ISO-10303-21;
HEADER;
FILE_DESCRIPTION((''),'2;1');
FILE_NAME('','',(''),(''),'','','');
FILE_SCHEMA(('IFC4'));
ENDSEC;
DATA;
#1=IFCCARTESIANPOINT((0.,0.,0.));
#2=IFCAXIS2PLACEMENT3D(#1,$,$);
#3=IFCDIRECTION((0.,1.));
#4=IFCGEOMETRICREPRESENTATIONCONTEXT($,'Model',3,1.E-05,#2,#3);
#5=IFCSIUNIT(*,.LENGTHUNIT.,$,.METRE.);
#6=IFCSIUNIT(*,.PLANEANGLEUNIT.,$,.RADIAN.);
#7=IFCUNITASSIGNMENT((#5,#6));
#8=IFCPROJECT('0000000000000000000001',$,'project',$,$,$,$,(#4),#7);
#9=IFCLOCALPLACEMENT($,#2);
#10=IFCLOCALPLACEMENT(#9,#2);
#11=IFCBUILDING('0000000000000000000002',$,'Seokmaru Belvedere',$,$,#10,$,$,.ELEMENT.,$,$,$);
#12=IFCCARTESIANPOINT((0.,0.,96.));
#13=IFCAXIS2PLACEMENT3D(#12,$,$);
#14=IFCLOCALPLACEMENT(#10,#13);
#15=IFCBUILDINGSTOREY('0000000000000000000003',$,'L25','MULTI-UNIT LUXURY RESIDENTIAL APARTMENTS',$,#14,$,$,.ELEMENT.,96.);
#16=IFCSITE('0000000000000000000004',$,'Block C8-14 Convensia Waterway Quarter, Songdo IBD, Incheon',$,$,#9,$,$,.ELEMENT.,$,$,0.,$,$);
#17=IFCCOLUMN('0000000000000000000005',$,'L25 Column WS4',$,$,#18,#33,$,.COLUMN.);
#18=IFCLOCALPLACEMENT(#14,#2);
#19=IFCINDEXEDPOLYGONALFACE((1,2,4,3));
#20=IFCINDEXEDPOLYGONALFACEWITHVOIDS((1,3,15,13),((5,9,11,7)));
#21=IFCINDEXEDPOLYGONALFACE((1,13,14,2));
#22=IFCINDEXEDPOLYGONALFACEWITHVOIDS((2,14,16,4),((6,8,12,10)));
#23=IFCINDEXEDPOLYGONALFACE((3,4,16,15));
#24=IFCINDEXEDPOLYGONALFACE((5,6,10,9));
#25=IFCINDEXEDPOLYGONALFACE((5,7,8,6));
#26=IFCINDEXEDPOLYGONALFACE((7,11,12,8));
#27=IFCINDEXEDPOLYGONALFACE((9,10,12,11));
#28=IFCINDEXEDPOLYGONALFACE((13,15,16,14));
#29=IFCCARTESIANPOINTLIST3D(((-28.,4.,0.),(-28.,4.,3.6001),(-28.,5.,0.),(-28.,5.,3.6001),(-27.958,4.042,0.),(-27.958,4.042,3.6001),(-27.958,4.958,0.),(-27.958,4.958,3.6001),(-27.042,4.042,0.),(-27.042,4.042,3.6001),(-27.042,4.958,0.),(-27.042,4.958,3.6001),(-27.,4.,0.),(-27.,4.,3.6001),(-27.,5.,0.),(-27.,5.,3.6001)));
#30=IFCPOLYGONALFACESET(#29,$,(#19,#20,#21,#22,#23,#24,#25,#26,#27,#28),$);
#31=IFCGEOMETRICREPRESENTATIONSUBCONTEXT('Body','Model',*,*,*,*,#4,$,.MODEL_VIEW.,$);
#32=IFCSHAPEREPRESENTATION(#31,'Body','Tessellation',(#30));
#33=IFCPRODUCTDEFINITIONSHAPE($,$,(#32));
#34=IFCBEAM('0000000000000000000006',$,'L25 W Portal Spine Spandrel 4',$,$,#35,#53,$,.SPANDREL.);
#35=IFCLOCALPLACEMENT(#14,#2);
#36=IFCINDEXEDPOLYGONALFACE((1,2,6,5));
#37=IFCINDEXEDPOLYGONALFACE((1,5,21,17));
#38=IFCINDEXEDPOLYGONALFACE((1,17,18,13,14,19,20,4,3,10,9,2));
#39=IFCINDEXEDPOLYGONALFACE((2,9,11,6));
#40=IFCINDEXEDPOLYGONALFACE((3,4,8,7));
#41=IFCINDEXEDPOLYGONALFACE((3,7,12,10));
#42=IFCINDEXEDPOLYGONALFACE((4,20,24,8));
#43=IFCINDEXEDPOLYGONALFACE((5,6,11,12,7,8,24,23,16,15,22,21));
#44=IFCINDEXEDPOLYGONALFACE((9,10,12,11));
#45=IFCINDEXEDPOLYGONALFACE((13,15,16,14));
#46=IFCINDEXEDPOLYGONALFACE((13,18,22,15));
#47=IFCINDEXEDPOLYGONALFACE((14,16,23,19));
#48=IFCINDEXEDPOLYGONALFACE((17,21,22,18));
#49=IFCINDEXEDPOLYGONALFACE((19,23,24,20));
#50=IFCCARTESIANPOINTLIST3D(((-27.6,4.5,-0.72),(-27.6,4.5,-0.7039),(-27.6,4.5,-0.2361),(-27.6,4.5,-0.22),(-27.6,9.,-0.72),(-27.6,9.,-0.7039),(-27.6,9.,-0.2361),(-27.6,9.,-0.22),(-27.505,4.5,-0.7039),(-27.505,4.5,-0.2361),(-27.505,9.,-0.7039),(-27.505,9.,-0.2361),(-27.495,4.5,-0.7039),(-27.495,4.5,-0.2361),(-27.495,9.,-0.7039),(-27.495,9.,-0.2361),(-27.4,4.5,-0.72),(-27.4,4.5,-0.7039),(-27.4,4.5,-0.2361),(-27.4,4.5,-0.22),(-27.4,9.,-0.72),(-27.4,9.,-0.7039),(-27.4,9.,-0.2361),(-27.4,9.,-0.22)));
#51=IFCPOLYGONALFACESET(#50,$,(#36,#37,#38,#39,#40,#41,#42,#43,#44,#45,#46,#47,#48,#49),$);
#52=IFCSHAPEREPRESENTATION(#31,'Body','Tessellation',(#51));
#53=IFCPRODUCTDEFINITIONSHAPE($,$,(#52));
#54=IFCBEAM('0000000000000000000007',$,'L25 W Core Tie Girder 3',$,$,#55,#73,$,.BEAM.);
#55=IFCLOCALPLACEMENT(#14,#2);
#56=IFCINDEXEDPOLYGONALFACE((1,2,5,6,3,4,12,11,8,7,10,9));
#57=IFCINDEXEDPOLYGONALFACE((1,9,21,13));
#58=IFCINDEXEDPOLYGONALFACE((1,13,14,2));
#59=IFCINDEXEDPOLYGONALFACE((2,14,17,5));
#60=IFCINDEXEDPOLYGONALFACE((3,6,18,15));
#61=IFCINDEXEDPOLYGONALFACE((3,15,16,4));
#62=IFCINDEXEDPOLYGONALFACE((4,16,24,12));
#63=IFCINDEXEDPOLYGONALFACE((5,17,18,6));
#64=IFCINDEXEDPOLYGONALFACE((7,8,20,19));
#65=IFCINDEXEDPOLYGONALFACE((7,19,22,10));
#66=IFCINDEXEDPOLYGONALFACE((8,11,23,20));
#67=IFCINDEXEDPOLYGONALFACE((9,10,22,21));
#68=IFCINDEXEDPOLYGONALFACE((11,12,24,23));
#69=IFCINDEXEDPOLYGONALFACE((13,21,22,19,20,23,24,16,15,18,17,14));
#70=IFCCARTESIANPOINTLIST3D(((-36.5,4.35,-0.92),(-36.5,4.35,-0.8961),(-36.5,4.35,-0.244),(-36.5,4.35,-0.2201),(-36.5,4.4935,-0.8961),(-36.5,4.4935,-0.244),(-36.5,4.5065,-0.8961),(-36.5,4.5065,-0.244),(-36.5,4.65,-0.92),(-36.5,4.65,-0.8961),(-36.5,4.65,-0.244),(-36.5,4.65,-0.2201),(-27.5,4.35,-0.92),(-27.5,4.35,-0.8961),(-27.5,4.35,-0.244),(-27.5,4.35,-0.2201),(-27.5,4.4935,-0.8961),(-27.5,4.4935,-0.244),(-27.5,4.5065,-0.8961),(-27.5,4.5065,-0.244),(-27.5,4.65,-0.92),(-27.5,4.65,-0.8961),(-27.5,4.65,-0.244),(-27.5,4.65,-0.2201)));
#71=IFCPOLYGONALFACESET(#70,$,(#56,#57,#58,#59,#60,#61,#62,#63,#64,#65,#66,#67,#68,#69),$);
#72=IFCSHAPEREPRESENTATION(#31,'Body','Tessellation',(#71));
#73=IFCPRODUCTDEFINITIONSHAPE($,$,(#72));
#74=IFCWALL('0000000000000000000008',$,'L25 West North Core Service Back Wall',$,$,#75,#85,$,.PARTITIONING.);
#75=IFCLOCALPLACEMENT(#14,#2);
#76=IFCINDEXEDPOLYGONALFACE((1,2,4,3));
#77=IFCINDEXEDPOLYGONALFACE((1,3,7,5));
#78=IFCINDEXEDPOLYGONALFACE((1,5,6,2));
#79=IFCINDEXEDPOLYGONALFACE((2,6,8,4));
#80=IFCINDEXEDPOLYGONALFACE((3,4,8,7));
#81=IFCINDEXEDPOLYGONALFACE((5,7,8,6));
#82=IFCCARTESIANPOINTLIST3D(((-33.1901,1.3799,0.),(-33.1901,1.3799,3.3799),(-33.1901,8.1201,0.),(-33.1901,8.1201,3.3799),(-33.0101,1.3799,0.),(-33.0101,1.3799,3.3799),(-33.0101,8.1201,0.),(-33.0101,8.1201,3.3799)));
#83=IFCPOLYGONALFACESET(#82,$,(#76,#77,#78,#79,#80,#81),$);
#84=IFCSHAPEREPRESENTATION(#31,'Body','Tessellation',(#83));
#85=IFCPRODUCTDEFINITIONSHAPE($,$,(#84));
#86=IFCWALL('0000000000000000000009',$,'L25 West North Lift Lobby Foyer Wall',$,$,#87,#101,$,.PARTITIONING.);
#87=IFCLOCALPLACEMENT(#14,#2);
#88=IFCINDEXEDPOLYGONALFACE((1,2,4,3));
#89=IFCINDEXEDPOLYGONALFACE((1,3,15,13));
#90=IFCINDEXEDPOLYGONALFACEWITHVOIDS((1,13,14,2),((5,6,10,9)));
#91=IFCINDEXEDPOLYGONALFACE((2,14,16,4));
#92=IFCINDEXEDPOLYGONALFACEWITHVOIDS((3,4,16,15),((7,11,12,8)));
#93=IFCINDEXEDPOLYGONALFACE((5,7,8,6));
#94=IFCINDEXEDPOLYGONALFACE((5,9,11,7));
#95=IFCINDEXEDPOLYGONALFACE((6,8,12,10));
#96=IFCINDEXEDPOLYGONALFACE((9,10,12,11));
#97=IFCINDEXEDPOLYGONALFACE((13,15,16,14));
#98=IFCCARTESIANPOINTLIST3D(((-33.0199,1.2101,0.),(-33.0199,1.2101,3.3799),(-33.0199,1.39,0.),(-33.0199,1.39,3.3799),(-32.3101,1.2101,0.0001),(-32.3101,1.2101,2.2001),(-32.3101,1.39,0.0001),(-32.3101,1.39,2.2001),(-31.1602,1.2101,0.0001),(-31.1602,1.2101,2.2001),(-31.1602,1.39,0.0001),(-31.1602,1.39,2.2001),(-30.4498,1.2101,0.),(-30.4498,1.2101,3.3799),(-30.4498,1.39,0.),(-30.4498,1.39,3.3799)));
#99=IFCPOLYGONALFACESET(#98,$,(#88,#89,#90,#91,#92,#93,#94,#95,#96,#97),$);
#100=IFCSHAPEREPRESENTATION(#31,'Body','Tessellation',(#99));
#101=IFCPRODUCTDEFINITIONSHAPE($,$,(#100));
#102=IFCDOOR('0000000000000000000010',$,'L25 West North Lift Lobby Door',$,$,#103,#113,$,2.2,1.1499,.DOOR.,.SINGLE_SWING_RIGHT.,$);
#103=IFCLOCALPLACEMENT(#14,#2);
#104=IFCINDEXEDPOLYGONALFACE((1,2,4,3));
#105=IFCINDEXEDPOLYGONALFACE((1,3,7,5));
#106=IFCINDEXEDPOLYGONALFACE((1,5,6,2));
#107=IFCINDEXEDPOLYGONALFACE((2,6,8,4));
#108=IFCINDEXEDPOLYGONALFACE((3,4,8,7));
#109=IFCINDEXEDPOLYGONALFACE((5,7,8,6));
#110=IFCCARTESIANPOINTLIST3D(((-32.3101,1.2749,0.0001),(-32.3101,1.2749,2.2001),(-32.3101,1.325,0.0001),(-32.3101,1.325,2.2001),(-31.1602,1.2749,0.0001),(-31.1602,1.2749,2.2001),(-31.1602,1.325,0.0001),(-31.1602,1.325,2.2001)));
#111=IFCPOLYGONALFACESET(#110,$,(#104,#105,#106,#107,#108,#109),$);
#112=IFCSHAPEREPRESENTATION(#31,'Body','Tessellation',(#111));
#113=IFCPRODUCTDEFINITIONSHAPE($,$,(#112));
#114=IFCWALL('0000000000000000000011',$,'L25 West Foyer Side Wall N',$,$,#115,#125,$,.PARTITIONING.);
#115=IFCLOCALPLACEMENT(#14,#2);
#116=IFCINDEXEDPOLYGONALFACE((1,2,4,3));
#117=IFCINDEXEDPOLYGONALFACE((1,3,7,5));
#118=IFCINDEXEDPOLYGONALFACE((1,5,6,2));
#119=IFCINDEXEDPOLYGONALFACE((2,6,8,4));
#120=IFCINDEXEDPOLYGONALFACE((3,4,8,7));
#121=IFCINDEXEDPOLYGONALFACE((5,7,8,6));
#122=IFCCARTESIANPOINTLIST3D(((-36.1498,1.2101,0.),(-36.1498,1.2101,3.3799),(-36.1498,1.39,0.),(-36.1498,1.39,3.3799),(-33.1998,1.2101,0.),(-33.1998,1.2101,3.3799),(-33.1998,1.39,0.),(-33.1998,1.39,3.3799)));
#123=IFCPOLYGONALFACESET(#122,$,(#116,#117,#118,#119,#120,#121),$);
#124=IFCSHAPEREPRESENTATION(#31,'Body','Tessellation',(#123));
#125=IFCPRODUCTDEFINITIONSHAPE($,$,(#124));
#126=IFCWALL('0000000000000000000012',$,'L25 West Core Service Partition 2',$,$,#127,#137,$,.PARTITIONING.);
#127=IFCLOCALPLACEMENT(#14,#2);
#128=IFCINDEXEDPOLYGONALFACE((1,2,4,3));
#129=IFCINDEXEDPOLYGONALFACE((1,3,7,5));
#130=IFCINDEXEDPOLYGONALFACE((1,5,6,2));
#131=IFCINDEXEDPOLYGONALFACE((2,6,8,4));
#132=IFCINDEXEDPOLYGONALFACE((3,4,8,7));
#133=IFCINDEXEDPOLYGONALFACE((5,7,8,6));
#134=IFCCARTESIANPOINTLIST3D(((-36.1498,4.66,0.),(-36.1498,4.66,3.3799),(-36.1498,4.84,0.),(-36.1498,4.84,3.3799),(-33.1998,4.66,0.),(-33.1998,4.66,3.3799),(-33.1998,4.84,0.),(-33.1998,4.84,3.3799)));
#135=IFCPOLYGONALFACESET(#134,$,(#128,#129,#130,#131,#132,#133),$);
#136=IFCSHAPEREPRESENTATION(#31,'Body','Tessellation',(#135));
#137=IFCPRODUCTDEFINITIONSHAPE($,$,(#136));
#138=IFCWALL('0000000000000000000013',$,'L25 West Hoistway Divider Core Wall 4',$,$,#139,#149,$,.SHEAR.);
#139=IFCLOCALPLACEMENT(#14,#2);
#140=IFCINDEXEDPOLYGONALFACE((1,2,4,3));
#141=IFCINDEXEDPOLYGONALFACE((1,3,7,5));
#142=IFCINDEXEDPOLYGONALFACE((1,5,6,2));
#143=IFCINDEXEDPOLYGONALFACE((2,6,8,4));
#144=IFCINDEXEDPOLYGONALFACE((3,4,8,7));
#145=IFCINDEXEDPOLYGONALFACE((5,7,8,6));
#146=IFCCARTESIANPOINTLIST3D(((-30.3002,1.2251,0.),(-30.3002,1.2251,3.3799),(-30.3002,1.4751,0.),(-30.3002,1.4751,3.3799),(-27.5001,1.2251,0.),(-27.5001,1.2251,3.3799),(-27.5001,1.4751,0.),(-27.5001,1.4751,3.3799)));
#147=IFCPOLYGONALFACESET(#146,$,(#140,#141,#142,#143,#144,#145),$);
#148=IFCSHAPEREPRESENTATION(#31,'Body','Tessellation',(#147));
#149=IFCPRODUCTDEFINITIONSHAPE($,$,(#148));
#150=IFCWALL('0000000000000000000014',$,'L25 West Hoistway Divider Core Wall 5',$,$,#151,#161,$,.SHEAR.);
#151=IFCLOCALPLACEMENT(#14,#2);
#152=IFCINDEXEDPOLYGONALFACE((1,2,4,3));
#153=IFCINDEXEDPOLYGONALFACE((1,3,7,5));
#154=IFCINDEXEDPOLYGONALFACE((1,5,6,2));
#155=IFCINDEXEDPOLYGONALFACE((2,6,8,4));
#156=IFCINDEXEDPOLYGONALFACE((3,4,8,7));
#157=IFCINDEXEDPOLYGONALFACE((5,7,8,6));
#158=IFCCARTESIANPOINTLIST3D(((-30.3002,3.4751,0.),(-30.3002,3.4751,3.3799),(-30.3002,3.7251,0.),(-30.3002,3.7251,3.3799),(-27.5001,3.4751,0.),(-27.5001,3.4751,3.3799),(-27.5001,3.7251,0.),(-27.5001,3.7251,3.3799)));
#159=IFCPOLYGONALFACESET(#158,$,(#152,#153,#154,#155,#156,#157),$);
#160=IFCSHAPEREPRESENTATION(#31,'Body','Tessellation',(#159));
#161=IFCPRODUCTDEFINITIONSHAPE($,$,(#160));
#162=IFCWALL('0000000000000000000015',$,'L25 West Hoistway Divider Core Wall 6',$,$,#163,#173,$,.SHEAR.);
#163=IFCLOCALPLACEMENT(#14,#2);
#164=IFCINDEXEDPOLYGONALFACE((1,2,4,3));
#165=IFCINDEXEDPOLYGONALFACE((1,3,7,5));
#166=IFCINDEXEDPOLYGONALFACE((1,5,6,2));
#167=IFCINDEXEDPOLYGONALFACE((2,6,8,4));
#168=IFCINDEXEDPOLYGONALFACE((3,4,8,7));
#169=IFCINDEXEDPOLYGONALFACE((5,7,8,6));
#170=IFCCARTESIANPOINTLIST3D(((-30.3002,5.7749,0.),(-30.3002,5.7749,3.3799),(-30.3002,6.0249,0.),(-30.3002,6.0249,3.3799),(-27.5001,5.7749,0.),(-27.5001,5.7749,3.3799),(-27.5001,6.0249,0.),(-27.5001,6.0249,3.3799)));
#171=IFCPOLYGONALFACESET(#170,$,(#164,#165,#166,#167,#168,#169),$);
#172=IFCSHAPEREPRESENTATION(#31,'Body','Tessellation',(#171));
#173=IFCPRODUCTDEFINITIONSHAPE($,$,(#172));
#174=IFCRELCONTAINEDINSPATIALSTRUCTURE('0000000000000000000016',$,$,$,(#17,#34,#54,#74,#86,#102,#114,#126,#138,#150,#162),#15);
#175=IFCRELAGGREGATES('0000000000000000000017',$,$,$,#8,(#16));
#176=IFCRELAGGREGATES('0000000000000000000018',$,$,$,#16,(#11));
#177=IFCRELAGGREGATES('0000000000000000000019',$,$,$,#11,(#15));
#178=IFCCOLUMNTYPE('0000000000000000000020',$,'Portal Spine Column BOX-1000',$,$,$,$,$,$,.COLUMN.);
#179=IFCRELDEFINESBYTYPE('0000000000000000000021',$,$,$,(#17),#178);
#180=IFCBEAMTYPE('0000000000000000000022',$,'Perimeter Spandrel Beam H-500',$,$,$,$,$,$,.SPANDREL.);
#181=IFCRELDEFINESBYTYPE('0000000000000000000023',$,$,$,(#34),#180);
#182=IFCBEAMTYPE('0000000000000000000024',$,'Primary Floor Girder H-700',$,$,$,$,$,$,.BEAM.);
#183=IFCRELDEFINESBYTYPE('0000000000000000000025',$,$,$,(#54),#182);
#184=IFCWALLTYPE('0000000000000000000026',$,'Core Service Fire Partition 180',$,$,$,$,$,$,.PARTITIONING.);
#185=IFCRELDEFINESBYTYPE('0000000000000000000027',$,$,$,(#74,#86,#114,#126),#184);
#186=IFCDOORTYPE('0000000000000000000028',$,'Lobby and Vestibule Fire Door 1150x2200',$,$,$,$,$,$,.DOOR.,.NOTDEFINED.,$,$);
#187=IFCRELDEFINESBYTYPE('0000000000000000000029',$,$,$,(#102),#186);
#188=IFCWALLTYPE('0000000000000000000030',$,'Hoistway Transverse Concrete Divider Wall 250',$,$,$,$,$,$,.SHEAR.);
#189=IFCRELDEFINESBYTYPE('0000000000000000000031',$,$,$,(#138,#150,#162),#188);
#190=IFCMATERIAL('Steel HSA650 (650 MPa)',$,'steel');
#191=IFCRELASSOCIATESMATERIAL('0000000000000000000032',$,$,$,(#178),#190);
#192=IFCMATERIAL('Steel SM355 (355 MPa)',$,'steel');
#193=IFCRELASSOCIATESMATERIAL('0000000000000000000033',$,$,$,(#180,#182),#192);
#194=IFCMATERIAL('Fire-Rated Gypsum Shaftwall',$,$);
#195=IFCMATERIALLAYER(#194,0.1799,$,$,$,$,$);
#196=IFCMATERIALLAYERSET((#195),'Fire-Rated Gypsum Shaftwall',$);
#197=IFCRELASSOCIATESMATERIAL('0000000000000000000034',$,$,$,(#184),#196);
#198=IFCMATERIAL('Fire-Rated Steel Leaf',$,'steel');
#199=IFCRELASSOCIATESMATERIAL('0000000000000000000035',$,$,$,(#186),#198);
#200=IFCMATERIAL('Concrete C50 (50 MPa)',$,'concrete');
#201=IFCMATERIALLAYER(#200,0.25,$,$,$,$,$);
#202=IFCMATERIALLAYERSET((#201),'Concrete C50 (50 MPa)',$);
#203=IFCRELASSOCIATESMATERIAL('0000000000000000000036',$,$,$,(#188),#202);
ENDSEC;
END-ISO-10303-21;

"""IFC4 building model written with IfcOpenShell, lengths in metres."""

from ifc_helpers import new_model, si_unit, direction, frame, frame_2d, origin, origin_2d, place, context, subcontext, project, spatial, rectangle, hollow_rectangle, i_section, extrude, source, transform, mapped, material, layer, layer_set, material_profile, profile_set, type_object, type_shapes, element, fill, save


model = new_model("IFC4")

# Units and contexts
model_context = context("Model", 3, precision=1e-05, world=origin(), true_north=direction((0.0, 1.0)))
body_context = subcontext(model_context, "Body", "Model", "MODEL_VIEW")
ifc_project = project(units=[si_unit("LENGTHUNIT", "METRE"), si_unit("PLANEANGLEUNIT", "RADIAN")], contexts=[model_context])

# Site, building, storey
site_placement = place(None, origin())
site = spatial("IfcSite", under=ifc_project, at=site_placement, Name="Block C8-14 Convensia Waterway Quarter, Songdo IBD, Incheon", CompositionType="ELEMENT", RefElevation=0.0)
building_placement = place(site_placement, origin())
building = spatial("IfcBuilding", under=site, at=building_placement, Name="Seokmaru Belvedere", CompositionType="ELEMENT")
storey_placement = place(building_placement, frame((0.0, 0.0, 96.0)))
storey = spatial("IfcBuildingStorey", under=building, at=storey_placement, Name="L25", Description="MULTI-UNIT LUXURY RESIDENTIAL APARTMENTS", CompositionType="ELEMENT", Elevation=96.0)

# Column
ifc_material_1 = material(Name="Steel HSA650 (650 MPa)", Category="steel")
ifc_material_profile_1 = material_profile(ifc_material_1, hollow_rectangle(XDim=1.0, YDim=1.0, WallThickness=0.042, at=origin_2d()), Name="BOX-1000x1000x42")
ifc_profile_set_1 = profile_set([ifc_material_profile_1], Name="Steel HSA650 (650 MPa)")
column_type = type_object("IfcColumnType", Name="Portal Spine Column BOX-1000", PredefinedType="COLUMN", material=ifc_profile_set_1)
shared_shape_1 = source(origin(), body_context, "Body", "SweptSolid", [
    extrude(hollow_rectangle(XDim=1.0, YDim=1.0, WallThickness=0.042, at=origin_2d()), origin(), (0.0, 0.0, 1.0), 3.6001),
])
type_shapes(column_type, [shared_shape_1])
column_placement = place(storey_placement, frame((-27.5, 4.5, 0.0), z_axis=(0.0, 0.0, 1.0), x_axis=(1.0, 0.0, 0.0)))
element("IfcColumn", 1, at=column_placement, inside=storey, type_object=column_type, Name="L25 Column WS4", PredefinedType="COLUMN", context=body_context, shape_type="MappedRepresentation", body=[
    mapped(shared_shape_1, transform((0.0, 0.0, 0.0), scale=1.0)),
])

# Beams
ifc_material_2 = material(Name="Steel SM355 (355 MPa)", Category="steel")
ifc_material_profile_2 = material_profile(ifc_material_2, i_section(OverallWidth=0.2, OverallDepth=0.5, WebThickness=0.01, FlangeThickness=0.0161, at=origin_2d()), Name="H-500x200x10x16")
ifc_profile_set_2 = profile_set([ifc_material_profile_2], Name="Steel SM355 (355 MPa)")
beam_type_1 = type_object("IfcBeamType", Name="Perimeter Spandrel Beam H-500", PredefinedType="SPANDREL", material=ifc_profile_set_2)
shared_shape_2 = source(origin(), body_context, "Body", "SweptSolid", [
    extrude(i_section(OverallWidth=0.2, OverallDepth=0.5, WebThickness=0.01, FlangeThickness=0.0161, at=origin_2d()), origin(), (0.0, 0.0, 1.0), 4.5),
])
type_shapes(beam_type_1, [shared_shape_2])
beam_1_placement = place(storey_placement, frame((-27.5, 4.5, -0.47), z_axis=(0.0, 1.0, 0.0), x_axis=(-1.0, 0.0, 0.0)))
element("IfcBeam", 2, at=beam_1_placement, inside=storey, type_object=beam_type_1, Name="L25 W Portal Spine Spandrel 4", PredefinedType="SPANDREL", context=body_context, shape_type="MappedRepresentation", body=[
    mapped(shared_shape_2, transform((0.0, 0.0, 0.0), scale=1.0)),
])
ifc_material_profile_3 = material_profile(ifc_material_2, i_section(OverallWidth=0.3, OverallDepth=0.7, WebThickness=0.0129, FlangeThickness=0.0239, at=origin_2d()), Name="H-700x300x13x24")
ifc_profile_set_3 = profile_set([ifc_material_profile_3], Name="Steel SM355 (355 MPa)")
beam_type_2 = type_object("IfcBeamType", Name="Primary Floor Girder H-700", PredefinedType="BEAM", material=ifc_profile_set_3)
shared_shape_3 = source(origin(), body_context, "Body", "SweptSolid", [
    extrude(i_section(OverallWidth=0.3, OverallDepth=0.7, WebThickness=0.0129, FlangeThickness=0.0239, at=origin_2d()), origin(), (0.0, 0.0, 1.0), 9.0),
])
type_shapes(beam_type_2, [shared_shape_3])
beam_2_placement = place(storey_placement, frame((-36.5, 4.5, -0.5701), z_axis=(1.0, 0.0, 0.0), x_axis=(0.0, 1.0, 0.0)))
element("IfcBeam", 3, at=beam_2_placement, inside=storey, type_object=beam_type_2, Name="L25 W Core Tie Girder 3", PredefinedType="BEAM", context=body_context, shape_type="MappedRepresentation", body=[
    mapped(shared_shape_3, transform((0.0, 0.0, 0.0), scale=1.0)),
])

# Wall
ifc_material_3 = material(Name="Fire-Rated Gypsum Shaftwall")
ifc_layer_1 = layer(ifc_material_3, 0.1799)
ifc_layer_set_1 = layer_set([ifc_layer_1], Name="Fire-Rated Gypsum Shaftwall")
wall_type_1 = type_object("IfcWallType", Name="Core Service Fire Partition 180", PredefinedType="PARTITIONING", material=ifc_layer_set_1)
wall_1_placement = place(storey_placement, frame((-33.1001, 1.3799, 0.0), z_axis=(0.0, 0.0, 1.0), x_axis=(0.0, 1.0, 0.0)))
element("IfcWall", 4, at=wall_1_placement, inside=storey, type_object=wall_type_1, Name="L25 West North Core Service Back Wall", PredefinedType="PARTITIONING", context=body_context, shape_type="SweptSolid", body=[
    extrude(rectangle(XDim=6.7402, YDim=0.1799, at=frame_2d((3.3701, 0.0))), origin(), (0.0, 0.0, 1.0), 3.3799),
])

# Wall, opening, door
wall_2_placement = place(storey_placement, frame((-33.02, 1.3, 0.0), z_axis=(0.0, 0.0, 1.0), x_axis=(1.0, 0.0, 0.0)))
wall_2 = element("IfcWall", 5, at=wall_2_placement, inside=storey, type_object=wall_type_1, Name="L25 West North Lift Lobby Foyer Wall", PredefinedType="PARTITIONING", context=body_context, shape_type="SweptSolid", body=[
    extrude(rectangle(XDim=2.5701, YDim=0.1799, at=frame_2d((1.2852, 0.0))), origin(), (0.0, 0.0, 1.0), 3.3799),
])
opening_1_placement = place(wall_2_placement, frame((0.71, 0.0, 0.0)))
opening_1 = element("IfcOpeningElement", 6, at=opening_1_placement, cuts=wall_2, PredefinedType="OPENING", context=body_context, shape_type="SweptSolid", body=[
    extrude(rectangle(XDim=1.1499, YDim=2.2, at=frame_2d((0.575, 1.1001))), frame((0.0, 0.1001, 0.0), z_axis=(0.0, -1.0, 0.0), x_axis=(1.0, 0.0, 0.0)), (0.0, 0.0, 1.0), 0.2),
])
ifc_material_4 = material(Name="Fire-Rated Steel Leaf", Category="steel")
door_type_1 = type_object("IfcDoorType", Name="Lobby and Vestibule Fire Door 1150x2200", OperationType="NOTDEFINED", PredefinedType="DOOR", material=ifc_material_4)
shared_shape_4 = source(origin(), body_context, "Body", "SweptSolid", [
    extrude(rectangle(XDim=1.1499, YDim=2.2, at=frame_2d((0.575, 1.1001))), frame((0.0, 0.0249, 0.0), z_axis=(0.0, -1.0, 0.0), x_axis=(1.0, 0.0, 0.0)), (0.0, 0.0, 1.0), 0.05),
])
type_shapes(door_type_1, [shared_shape_4])
door_1_placement = place(opening_1_placement, origin())
door_1 = element("IfcDoor", 7, at=door_1_placement, inside=storey, type_object=door_type_1, Name="L25 West North Lift Lobby Door", OperationType="SINGLE_SWING_RIGHT", OverallHeight=2.2, OverallWidth=1.1499, PredefinedType="DOOR", context=body_context, shape_type="MappedRepresentation", body=[
    mapped(shared_shape_4, transform((0.0, 0.0, 0.0), scale=1.0)),
])
fill(opening_1, door_1)

# Walls
for number, where, z_axis, x_axis, name in (
    (8, (-36.1499, 1.3, 0.0), (0.0, 0.0, 1.0), (1.0, 0.0, 0.0), "L25 West Foyer Side Wall N"),
    (9, (-36.1499, 4.75, 0.0), (0.0, 0.0, 1.0), (1.0, 0.0, 0.0), "L25 West Core Service Partition 2"),
):
    element("IfcWall", number, at=place(storey_placement, frame(where, z_axis=z_axis, x_axis=x_axis)), inside=storey, type_object=wall_type_1, Name=name, PredefinedType="PARTITIONING", context=body_context, shape_type="SweptSolid", body=[
        extrude(rectangle(XDim=2.95, YDim=0.1799, at=frame_2d((1.4751, 0.0))), origin(), (0.0, 0.0, 1.0), 3.3799),
    ])
ifc_material_5 = material(Name="Concrete C50 (50 MPa)", Category="concrete")
ifc_layer_2 = layer(ifc_material_5, 0.25)
ifc_layer_set_2 = layer_set([ifc_layer_2], Name="Concrete C50 (50 MPa)")
wall_type_2 = type_object("IfcWallType", Name="Hoistway Transverse Concrete Divider Wall 250", PredefinedType="SHEAR", material=ifc_layer_set_2)
for number, where, z_axis, x_axis, name in (
    (10, (-30.3, 1.3501, 0.0), (0.0, 0.0, 1.0), (1.0, 0.0, 0.0), "L25 West Hoistway Divider Core Wall 4"),
    (11, (-30.3, 3.6001, 0.0), (0.0, 0.0, 1.0), (1.0, 0.0, 0.0), "L25 West Hoistway Divider Core Wall 5"),
    (12, (-30.3, 5.8999, 0.0), (0.0, 0.0, 1.0), (1.0, 0.0, 0.0), "L25 West Hoistway Divider Core Wall 6"),
):
    element("IfcWall", number, at=place(storey_placement, frame(where, z_axis=z_axis, x_axis=x_axis)), inside=storey, type_object=wall_type_2, Name=name, PredefinedType="SHEAR", context=body_context, shape_type="SweptSolid", body=[
        extrude(rectangle(XDim=2.8, YDim=0.25, at=frame_2d((1.3999, 0.0))), origin(), (0.0, 0.0, 1.0), 3.3799),
    ])

save(model, "model.ifc")
